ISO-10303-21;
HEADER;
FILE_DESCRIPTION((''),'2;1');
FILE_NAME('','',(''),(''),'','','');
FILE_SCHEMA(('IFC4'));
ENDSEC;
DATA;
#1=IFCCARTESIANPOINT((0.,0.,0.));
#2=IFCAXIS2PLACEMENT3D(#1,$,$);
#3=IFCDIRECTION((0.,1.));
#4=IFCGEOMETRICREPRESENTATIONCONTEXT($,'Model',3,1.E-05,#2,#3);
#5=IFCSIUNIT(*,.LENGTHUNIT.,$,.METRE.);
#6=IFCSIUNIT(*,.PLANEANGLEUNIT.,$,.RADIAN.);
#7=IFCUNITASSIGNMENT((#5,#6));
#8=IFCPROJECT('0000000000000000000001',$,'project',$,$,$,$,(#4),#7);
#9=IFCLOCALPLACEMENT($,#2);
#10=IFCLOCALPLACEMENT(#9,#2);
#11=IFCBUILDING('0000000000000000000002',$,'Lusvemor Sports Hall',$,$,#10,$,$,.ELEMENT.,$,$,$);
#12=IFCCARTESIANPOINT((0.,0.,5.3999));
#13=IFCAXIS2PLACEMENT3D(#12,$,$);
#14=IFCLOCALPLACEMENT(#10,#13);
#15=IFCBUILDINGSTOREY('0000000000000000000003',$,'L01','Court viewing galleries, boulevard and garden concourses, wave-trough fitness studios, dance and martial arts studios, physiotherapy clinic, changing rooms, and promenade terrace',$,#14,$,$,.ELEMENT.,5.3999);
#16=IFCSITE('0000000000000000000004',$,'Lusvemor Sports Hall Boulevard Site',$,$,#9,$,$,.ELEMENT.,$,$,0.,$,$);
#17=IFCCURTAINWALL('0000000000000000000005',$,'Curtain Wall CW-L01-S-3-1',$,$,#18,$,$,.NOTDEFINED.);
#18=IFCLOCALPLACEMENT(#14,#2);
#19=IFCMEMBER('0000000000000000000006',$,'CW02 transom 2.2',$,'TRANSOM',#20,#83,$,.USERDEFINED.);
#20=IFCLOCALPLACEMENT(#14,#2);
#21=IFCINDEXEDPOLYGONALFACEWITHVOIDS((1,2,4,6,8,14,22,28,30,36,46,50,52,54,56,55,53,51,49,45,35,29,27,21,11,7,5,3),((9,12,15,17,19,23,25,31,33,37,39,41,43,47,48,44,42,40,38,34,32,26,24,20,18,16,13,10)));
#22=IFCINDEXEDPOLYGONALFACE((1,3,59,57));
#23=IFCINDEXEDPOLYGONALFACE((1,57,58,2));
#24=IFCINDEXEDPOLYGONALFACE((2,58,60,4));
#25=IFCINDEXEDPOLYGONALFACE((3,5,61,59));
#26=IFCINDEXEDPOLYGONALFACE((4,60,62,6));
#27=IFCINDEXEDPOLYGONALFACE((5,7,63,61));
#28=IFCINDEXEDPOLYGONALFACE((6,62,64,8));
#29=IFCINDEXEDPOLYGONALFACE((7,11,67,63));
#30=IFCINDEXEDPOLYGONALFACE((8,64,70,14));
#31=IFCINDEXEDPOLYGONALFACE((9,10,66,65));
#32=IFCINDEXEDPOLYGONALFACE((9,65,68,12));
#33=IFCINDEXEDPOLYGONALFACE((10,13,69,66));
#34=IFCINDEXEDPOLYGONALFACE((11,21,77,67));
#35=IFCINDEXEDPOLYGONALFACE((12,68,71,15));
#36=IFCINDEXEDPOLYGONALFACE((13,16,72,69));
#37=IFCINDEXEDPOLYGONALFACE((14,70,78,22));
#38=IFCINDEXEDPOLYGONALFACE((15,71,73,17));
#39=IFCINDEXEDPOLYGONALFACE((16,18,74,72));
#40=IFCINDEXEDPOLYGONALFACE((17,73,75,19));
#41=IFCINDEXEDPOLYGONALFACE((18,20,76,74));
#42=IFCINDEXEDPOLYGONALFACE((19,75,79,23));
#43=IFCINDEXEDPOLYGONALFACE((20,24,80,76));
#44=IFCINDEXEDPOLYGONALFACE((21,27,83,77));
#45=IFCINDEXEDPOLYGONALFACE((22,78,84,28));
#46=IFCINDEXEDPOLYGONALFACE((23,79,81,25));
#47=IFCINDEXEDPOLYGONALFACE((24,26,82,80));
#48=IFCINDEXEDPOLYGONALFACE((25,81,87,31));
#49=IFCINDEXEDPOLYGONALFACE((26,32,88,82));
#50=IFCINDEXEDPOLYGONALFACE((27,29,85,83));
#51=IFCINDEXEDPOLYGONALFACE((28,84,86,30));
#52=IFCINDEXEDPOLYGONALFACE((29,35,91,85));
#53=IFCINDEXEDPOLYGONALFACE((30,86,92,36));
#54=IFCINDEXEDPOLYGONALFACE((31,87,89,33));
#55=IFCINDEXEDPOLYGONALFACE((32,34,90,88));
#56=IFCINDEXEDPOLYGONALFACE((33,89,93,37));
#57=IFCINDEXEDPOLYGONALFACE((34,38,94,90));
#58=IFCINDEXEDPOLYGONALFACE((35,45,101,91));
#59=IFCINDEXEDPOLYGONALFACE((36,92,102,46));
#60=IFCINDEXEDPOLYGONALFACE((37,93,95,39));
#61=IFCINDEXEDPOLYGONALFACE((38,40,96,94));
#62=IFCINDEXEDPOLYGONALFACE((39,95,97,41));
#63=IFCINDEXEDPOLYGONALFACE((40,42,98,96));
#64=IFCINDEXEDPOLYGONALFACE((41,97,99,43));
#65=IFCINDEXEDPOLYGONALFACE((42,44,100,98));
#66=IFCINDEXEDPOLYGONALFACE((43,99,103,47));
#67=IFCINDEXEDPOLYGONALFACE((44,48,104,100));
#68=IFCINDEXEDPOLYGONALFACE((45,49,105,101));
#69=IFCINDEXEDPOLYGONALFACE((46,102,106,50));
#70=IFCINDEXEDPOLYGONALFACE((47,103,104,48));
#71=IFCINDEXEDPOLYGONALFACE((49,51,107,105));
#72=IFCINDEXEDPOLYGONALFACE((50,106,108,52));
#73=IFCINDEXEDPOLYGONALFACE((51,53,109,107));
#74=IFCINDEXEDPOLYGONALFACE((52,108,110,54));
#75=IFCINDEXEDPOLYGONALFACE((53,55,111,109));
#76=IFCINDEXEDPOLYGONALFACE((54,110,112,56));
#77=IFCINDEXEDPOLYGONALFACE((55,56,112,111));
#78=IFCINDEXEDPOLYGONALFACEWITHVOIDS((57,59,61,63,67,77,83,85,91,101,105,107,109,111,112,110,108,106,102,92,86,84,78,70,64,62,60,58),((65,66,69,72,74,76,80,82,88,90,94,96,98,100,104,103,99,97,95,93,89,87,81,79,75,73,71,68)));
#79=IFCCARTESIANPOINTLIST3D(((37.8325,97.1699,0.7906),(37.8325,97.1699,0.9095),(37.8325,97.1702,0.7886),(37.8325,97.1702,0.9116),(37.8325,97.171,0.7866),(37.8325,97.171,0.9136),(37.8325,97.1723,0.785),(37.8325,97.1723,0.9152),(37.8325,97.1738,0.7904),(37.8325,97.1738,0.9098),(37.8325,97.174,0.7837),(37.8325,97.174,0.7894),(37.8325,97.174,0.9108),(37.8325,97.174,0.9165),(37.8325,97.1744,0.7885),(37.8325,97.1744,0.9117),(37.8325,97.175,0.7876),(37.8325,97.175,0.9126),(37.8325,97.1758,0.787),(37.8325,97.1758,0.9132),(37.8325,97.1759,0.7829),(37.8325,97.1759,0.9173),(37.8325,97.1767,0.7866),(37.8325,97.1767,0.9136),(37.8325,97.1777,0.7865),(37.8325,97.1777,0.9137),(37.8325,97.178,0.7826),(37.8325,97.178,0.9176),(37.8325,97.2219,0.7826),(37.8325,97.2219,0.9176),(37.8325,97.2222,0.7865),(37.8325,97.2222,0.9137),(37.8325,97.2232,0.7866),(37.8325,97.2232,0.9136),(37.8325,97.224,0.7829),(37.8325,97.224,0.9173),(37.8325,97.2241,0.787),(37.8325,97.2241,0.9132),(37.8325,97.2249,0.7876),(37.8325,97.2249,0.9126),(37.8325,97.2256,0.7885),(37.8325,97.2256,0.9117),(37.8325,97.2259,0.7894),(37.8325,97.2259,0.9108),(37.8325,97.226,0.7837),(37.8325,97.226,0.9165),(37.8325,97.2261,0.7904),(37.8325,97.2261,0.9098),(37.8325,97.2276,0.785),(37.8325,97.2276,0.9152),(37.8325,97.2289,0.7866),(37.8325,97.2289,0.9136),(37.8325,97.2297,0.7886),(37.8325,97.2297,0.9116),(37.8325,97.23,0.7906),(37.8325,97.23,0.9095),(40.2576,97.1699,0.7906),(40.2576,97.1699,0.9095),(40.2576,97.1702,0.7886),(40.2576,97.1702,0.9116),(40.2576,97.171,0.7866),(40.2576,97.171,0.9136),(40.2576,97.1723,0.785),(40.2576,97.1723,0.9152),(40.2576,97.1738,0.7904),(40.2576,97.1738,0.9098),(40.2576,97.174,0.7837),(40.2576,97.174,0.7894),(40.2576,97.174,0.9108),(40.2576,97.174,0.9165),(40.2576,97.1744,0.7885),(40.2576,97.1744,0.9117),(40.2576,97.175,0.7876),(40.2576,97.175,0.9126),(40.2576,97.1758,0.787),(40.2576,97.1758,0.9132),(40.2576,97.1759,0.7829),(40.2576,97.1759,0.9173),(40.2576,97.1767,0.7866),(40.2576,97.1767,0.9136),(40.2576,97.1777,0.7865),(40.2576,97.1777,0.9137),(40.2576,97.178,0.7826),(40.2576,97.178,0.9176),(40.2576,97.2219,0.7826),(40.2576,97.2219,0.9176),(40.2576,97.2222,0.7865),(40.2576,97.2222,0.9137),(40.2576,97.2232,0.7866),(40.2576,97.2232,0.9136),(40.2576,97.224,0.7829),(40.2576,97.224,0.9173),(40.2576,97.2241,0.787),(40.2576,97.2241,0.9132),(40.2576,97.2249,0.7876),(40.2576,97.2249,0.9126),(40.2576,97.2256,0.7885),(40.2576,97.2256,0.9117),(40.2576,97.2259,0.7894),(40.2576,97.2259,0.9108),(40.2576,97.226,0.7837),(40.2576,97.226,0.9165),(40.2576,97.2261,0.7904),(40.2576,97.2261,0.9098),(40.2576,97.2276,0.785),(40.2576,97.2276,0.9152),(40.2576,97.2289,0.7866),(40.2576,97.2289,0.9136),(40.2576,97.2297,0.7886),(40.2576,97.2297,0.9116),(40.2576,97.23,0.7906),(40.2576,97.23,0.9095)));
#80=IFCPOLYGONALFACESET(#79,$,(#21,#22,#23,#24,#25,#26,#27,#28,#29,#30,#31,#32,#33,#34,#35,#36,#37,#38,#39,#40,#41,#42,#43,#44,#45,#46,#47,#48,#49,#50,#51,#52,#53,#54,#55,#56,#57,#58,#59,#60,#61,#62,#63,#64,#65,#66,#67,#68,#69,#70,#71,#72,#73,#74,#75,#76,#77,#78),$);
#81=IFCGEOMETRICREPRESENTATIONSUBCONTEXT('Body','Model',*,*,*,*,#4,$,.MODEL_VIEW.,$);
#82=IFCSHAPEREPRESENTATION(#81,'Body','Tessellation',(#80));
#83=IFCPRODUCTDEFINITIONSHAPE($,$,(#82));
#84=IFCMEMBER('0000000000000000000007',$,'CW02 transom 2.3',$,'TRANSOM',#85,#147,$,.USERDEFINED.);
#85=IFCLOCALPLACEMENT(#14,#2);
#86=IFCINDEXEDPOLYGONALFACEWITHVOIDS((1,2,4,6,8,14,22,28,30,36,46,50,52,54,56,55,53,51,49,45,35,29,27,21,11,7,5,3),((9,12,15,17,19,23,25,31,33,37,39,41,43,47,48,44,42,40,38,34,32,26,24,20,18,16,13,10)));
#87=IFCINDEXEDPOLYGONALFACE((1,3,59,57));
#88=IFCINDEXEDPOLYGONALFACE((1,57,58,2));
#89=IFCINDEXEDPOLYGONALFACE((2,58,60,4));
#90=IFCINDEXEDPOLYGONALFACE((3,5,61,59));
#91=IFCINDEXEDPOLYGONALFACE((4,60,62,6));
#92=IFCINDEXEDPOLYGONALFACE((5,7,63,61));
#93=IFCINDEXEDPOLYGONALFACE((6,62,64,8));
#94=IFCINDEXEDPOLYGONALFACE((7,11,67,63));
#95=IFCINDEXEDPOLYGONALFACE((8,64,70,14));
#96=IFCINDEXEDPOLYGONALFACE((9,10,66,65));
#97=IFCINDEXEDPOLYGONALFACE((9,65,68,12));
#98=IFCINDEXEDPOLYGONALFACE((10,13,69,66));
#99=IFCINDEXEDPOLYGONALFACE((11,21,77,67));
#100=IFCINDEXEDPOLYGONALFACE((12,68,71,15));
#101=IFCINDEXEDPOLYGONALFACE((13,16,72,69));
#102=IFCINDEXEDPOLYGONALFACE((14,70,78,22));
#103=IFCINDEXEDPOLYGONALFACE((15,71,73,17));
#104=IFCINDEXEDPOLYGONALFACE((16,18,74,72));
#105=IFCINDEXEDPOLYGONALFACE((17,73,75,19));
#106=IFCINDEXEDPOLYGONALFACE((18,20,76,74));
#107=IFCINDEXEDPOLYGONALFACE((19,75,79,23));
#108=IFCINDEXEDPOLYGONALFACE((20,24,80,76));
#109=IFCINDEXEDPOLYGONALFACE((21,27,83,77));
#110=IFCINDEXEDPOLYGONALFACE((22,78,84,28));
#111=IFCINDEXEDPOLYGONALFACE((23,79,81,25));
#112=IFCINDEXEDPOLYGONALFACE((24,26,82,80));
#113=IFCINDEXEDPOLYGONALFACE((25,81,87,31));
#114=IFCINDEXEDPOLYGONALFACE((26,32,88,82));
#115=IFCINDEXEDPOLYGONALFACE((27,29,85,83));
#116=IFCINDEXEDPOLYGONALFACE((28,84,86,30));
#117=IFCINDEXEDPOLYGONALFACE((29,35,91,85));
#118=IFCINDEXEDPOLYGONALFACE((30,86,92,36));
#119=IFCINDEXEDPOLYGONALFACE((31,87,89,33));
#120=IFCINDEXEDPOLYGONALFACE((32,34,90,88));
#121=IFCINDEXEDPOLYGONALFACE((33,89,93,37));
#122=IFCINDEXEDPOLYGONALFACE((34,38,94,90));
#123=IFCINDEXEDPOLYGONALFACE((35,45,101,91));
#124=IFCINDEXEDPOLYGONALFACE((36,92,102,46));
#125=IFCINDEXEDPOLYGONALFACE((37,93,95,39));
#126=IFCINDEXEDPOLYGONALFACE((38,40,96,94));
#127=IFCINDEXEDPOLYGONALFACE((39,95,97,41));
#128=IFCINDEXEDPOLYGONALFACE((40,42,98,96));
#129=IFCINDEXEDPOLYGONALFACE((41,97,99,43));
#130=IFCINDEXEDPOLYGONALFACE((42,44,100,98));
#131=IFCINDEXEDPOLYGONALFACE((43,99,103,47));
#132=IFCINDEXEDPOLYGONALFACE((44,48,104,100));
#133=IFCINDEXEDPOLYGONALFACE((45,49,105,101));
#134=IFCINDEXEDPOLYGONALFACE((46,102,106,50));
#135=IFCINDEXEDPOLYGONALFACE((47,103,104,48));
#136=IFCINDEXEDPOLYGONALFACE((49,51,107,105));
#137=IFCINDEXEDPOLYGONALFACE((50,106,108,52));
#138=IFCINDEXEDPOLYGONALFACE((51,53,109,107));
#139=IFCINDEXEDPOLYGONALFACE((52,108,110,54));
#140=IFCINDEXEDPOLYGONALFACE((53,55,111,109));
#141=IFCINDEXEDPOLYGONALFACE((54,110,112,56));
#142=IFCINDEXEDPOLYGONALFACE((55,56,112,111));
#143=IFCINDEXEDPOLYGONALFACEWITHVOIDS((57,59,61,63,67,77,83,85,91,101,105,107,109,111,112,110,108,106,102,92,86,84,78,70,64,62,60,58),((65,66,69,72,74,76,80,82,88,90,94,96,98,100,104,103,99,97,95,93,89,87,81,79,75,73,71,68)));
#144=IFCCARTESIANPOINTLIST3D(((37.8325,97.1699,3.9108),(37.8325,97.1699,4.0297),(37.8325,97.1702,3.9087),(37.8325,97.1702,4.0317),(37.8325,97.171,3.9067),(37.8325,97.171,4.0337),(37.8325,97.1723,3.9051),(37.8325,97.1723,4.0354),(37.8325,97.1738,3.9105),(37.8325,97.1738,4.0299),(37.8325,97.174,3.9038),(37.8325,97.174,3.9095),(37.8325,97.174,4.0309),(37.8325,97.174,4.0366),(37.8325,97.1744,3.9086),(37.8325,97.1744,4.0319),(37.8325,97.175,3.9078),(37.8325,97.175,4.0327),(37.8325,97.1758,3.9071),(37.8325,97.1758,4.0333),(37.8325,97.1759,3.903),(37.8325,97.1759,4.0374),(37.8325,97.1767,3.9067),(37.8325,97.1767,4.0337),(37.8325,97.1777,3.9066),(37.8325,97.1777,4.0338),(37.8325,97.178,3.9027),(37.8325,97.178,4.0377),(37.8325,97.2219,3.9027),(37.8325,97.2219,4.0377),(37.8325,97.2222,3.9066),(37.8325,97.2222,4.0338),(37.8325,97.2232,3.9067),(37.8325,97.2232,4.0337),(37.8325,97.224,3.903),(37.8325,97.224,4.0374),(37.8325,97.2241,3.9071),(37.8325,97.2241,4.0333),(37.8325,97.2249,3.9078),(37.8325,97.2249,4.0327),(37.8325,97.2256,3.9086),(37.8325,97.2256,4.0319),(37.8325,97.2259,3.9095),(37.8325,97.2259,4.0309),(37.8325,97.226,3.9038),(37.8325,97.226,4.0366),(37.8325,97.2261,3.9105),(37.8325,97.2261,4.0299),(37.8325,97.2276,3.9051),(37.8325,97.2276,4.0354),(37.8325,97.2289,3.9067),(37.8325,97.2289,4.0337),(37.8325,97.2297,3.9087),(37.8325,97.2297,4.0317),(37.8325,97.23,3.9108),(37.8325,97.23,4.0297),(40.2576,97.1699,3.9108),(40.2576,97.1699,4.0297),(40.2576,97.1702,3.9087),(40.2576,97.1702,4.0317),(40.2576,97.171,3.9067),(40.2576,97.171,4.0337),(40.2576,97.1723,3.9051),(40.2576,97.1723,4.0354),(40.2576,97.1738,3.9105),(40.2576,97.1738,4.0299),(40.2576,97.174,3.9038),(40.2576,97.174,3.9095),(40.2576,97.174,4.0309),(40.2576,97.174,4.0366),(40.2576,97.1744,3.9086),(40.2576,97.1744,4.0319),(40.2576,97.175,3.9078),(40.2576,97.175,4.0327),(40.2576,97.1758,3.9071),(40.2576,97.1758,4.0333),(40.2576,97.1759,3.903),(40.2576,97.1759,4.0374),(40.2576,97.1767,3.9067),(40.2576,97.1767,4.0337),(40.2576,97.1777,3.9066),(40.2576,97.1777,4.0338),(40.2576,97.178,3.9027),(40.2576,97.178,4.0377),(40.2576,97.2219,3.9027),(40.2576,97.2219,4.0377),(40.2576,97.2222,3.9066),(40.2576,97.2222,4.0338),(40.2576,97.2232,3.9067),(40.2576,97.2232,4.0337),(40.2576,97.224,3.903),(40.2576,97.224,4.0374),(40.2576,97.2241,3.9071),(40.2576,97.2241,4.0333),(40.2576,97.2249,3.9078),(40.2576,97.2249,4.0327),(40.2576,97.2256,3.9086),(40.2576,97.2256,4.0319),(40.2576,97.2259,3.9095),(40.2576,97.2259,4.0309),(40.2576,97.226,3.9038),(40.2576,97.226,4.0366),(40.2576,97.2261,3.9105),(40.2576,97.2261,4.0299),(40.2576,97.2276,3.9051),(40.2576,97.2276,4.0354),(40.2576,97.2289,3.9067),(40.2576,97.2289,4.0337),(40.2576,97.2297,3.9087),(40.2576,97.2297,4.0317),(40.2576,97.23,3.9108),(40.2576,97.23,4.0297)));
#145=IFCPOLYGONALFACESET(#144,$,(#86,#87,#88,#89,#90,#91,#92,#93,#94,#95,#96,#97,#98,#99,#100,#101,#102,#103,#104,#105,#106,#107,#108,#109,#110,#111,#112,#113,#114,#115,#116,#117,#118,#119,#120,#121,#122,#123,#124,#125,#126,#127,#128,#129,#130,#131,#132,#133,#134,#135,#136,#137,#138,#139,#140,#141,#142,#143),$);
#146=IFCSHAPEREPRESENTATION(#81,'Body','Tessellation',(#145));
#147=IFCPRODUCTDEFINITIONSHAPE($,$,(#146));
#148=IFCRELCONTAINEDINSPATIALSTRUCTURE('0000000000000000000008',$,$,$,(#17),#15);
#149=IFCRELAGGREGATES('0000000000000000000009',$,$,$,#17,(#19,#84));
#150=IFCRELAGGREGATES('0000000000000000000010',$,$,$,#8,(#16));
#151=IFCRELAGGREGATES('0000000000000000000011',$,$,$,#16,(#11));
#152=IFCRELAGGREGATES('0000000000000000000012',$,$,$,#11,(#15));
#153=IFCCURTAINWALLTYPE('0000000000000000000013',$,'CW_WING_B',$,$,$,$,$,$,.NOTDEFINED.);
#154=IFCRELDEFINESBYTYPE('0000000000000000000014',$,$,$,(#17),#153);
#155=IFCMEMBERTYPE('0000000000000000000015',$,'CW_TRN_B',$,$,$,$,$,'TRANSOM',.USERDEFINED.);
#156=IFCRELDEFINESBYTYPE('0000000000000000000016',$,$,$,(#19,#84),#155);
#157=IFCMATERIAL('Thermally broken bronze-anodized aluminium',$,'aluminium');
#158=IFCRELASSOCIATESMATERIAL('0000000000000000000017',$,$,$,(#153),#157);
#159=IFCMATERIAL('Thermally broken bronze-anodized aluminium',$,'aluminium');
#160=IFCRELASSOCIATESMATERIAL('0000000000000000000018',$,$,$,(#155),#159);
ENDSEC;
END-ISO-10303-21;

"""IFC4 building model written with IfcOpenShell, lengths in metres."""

from ifc_helpers import new_model, si_unit, direction, frame, origin, origin_2d, place, context, subcontext, project, spatial, hollow_rectangle, extrude, material, material_profile, profile_set, type_object, element, aggregate, save


model = new_model("IFC4")

# Units and contexts
model_context = context("Model", 3, precision=1e-05, world=origin(), true_north=direction((0.0, 1.0)))
body_context = subcontext(model_context, "Body", "Model", "MODEL_VIEW")
ifc_project = project(units=[si_unit("LENGTHUNIT", "METRE"), si_unit("PLANEANGLEUNIT", "RADIAN")], contexts=[model_context])

# Site, building, storey
site_placement = place(None, origin())
site = spatial("IfcSite", under=ifc_project, at=site_placement, Name="Lusvemor Sports Hall Boulevard Site", CompositionType="ELEMENT", RefElevation=0.0)
building_placement = place(site_placement, origin())
building = spatial("IfcBuilding", under=site, at=building_placement, Name="Lusvemor Sports Hall", CompositionType="ELEMENT")
storey_placement = place(building_placement, frame((0.0, 0.0, 5.3999)))
storey = spatial("IfcBuildingStorey", under=building, at=storey_placement, Name="L01", Description="Court viewing galleries, boulevard and garden concourses, wave-trough fitness studios, dance and martial arts studios, physiotherapy clinic, changing rooms, and promenade terrace", CompositionType="ELEMENT", Elevation=5.3999)

# Curtain wall, members
ifc_material_1 = material(Name="Thermally broken bronze-anodized aluminium", Category="aluminium")
curtain_wall_type = type_object("IfcCurtainWallType", Name="CW_WING_B", PredefinedType="NOTDEFINED", material=ifc_material_1)
curtain_wall_placement = place(storey_placement, origin())
curtain_wall = element("IfcCurtainWall", 1, at=curtain_wall_placement, inside=storey, type_object=curtain_wall_type, Name="Curtain Wall CW-L01-S-3-1", PredefinedType="NOTDEFINED")
ifc_material_2 = material(Name="Thermally broken bronze-anodized aluminium", Category="aluminium")
ifc_material_profile_1 = material_profile(ifc_material_2, hollow_rectangle(XDim=0.0601, YDim=0.135, WallThickness=0.0039, InnerFilletRadius=0.0039, OuterFilletRadius=0.0081, at=origin_2d()), Name="CWTRN135x60x4")
ifc_profile_set_1 = profile_set([ifc_material_profile_1], Name="Thermally broken bronze-anodized aluminium")
member_type_1 = type_object("IfcMemberType", Name="CW_TRN_B", ElementType="TRANSOM", PredefinedType="USERDEFINED", material=ifc_profile_set_1)
member_1_placement = place(storey_placement, frame((40.2576, 97.2, 0.8501), z_axis=(-1.0, 0.0, 0.0), x_axis=(0.0, -1.0, 0.0)))
member_1 = element("IfcMember", 2, at=member_1_placement, type_object=member_type_1, Name="CW02 transom 2.2", ObjectType="TRANSOM", PredefinedType="USERDEFINED", context=body_context, shape_type="SweptSolid", body=[
    extrude(hollow_rectangle(XDim=0.0601, YDim=0.135, WallThickness=0.0039, InnerFilletRadius=0.0039, OuterFilletRadius=0.0081, at=origin_2d()), origin(), (0.0, 0.0, 1.0), 2.425),
])
member_2_placement = place(storey_placement, frame((40.2576, 97.2, 3.9702), z_axis=(-1.0, 0.0, 0.0), x_axis=(0.0, -1.0, 0.0)))
member_2 = element("IfcMember", 3, at=member_2_placement, type_object=member_type_1, Name="CW02 transom 2.3", ObjectType="TRANSOM", PredefinedType="USERDEFINED", context=body_context, shape_type="SweptSolid", body=[
    extrude(hollow_rectangle(XDim=0.0601, YDim=0.135, WallThickness=0.0039, InnerFilletRadius=0.0039, OuterFilletRadius=0.0081, at=origin_2d()), origin(), (0.0, 0.0, 1.0), 2.425),
])

aggregate(curtain_wall, [member_1, member_2])

save(model, "model.ifc")
